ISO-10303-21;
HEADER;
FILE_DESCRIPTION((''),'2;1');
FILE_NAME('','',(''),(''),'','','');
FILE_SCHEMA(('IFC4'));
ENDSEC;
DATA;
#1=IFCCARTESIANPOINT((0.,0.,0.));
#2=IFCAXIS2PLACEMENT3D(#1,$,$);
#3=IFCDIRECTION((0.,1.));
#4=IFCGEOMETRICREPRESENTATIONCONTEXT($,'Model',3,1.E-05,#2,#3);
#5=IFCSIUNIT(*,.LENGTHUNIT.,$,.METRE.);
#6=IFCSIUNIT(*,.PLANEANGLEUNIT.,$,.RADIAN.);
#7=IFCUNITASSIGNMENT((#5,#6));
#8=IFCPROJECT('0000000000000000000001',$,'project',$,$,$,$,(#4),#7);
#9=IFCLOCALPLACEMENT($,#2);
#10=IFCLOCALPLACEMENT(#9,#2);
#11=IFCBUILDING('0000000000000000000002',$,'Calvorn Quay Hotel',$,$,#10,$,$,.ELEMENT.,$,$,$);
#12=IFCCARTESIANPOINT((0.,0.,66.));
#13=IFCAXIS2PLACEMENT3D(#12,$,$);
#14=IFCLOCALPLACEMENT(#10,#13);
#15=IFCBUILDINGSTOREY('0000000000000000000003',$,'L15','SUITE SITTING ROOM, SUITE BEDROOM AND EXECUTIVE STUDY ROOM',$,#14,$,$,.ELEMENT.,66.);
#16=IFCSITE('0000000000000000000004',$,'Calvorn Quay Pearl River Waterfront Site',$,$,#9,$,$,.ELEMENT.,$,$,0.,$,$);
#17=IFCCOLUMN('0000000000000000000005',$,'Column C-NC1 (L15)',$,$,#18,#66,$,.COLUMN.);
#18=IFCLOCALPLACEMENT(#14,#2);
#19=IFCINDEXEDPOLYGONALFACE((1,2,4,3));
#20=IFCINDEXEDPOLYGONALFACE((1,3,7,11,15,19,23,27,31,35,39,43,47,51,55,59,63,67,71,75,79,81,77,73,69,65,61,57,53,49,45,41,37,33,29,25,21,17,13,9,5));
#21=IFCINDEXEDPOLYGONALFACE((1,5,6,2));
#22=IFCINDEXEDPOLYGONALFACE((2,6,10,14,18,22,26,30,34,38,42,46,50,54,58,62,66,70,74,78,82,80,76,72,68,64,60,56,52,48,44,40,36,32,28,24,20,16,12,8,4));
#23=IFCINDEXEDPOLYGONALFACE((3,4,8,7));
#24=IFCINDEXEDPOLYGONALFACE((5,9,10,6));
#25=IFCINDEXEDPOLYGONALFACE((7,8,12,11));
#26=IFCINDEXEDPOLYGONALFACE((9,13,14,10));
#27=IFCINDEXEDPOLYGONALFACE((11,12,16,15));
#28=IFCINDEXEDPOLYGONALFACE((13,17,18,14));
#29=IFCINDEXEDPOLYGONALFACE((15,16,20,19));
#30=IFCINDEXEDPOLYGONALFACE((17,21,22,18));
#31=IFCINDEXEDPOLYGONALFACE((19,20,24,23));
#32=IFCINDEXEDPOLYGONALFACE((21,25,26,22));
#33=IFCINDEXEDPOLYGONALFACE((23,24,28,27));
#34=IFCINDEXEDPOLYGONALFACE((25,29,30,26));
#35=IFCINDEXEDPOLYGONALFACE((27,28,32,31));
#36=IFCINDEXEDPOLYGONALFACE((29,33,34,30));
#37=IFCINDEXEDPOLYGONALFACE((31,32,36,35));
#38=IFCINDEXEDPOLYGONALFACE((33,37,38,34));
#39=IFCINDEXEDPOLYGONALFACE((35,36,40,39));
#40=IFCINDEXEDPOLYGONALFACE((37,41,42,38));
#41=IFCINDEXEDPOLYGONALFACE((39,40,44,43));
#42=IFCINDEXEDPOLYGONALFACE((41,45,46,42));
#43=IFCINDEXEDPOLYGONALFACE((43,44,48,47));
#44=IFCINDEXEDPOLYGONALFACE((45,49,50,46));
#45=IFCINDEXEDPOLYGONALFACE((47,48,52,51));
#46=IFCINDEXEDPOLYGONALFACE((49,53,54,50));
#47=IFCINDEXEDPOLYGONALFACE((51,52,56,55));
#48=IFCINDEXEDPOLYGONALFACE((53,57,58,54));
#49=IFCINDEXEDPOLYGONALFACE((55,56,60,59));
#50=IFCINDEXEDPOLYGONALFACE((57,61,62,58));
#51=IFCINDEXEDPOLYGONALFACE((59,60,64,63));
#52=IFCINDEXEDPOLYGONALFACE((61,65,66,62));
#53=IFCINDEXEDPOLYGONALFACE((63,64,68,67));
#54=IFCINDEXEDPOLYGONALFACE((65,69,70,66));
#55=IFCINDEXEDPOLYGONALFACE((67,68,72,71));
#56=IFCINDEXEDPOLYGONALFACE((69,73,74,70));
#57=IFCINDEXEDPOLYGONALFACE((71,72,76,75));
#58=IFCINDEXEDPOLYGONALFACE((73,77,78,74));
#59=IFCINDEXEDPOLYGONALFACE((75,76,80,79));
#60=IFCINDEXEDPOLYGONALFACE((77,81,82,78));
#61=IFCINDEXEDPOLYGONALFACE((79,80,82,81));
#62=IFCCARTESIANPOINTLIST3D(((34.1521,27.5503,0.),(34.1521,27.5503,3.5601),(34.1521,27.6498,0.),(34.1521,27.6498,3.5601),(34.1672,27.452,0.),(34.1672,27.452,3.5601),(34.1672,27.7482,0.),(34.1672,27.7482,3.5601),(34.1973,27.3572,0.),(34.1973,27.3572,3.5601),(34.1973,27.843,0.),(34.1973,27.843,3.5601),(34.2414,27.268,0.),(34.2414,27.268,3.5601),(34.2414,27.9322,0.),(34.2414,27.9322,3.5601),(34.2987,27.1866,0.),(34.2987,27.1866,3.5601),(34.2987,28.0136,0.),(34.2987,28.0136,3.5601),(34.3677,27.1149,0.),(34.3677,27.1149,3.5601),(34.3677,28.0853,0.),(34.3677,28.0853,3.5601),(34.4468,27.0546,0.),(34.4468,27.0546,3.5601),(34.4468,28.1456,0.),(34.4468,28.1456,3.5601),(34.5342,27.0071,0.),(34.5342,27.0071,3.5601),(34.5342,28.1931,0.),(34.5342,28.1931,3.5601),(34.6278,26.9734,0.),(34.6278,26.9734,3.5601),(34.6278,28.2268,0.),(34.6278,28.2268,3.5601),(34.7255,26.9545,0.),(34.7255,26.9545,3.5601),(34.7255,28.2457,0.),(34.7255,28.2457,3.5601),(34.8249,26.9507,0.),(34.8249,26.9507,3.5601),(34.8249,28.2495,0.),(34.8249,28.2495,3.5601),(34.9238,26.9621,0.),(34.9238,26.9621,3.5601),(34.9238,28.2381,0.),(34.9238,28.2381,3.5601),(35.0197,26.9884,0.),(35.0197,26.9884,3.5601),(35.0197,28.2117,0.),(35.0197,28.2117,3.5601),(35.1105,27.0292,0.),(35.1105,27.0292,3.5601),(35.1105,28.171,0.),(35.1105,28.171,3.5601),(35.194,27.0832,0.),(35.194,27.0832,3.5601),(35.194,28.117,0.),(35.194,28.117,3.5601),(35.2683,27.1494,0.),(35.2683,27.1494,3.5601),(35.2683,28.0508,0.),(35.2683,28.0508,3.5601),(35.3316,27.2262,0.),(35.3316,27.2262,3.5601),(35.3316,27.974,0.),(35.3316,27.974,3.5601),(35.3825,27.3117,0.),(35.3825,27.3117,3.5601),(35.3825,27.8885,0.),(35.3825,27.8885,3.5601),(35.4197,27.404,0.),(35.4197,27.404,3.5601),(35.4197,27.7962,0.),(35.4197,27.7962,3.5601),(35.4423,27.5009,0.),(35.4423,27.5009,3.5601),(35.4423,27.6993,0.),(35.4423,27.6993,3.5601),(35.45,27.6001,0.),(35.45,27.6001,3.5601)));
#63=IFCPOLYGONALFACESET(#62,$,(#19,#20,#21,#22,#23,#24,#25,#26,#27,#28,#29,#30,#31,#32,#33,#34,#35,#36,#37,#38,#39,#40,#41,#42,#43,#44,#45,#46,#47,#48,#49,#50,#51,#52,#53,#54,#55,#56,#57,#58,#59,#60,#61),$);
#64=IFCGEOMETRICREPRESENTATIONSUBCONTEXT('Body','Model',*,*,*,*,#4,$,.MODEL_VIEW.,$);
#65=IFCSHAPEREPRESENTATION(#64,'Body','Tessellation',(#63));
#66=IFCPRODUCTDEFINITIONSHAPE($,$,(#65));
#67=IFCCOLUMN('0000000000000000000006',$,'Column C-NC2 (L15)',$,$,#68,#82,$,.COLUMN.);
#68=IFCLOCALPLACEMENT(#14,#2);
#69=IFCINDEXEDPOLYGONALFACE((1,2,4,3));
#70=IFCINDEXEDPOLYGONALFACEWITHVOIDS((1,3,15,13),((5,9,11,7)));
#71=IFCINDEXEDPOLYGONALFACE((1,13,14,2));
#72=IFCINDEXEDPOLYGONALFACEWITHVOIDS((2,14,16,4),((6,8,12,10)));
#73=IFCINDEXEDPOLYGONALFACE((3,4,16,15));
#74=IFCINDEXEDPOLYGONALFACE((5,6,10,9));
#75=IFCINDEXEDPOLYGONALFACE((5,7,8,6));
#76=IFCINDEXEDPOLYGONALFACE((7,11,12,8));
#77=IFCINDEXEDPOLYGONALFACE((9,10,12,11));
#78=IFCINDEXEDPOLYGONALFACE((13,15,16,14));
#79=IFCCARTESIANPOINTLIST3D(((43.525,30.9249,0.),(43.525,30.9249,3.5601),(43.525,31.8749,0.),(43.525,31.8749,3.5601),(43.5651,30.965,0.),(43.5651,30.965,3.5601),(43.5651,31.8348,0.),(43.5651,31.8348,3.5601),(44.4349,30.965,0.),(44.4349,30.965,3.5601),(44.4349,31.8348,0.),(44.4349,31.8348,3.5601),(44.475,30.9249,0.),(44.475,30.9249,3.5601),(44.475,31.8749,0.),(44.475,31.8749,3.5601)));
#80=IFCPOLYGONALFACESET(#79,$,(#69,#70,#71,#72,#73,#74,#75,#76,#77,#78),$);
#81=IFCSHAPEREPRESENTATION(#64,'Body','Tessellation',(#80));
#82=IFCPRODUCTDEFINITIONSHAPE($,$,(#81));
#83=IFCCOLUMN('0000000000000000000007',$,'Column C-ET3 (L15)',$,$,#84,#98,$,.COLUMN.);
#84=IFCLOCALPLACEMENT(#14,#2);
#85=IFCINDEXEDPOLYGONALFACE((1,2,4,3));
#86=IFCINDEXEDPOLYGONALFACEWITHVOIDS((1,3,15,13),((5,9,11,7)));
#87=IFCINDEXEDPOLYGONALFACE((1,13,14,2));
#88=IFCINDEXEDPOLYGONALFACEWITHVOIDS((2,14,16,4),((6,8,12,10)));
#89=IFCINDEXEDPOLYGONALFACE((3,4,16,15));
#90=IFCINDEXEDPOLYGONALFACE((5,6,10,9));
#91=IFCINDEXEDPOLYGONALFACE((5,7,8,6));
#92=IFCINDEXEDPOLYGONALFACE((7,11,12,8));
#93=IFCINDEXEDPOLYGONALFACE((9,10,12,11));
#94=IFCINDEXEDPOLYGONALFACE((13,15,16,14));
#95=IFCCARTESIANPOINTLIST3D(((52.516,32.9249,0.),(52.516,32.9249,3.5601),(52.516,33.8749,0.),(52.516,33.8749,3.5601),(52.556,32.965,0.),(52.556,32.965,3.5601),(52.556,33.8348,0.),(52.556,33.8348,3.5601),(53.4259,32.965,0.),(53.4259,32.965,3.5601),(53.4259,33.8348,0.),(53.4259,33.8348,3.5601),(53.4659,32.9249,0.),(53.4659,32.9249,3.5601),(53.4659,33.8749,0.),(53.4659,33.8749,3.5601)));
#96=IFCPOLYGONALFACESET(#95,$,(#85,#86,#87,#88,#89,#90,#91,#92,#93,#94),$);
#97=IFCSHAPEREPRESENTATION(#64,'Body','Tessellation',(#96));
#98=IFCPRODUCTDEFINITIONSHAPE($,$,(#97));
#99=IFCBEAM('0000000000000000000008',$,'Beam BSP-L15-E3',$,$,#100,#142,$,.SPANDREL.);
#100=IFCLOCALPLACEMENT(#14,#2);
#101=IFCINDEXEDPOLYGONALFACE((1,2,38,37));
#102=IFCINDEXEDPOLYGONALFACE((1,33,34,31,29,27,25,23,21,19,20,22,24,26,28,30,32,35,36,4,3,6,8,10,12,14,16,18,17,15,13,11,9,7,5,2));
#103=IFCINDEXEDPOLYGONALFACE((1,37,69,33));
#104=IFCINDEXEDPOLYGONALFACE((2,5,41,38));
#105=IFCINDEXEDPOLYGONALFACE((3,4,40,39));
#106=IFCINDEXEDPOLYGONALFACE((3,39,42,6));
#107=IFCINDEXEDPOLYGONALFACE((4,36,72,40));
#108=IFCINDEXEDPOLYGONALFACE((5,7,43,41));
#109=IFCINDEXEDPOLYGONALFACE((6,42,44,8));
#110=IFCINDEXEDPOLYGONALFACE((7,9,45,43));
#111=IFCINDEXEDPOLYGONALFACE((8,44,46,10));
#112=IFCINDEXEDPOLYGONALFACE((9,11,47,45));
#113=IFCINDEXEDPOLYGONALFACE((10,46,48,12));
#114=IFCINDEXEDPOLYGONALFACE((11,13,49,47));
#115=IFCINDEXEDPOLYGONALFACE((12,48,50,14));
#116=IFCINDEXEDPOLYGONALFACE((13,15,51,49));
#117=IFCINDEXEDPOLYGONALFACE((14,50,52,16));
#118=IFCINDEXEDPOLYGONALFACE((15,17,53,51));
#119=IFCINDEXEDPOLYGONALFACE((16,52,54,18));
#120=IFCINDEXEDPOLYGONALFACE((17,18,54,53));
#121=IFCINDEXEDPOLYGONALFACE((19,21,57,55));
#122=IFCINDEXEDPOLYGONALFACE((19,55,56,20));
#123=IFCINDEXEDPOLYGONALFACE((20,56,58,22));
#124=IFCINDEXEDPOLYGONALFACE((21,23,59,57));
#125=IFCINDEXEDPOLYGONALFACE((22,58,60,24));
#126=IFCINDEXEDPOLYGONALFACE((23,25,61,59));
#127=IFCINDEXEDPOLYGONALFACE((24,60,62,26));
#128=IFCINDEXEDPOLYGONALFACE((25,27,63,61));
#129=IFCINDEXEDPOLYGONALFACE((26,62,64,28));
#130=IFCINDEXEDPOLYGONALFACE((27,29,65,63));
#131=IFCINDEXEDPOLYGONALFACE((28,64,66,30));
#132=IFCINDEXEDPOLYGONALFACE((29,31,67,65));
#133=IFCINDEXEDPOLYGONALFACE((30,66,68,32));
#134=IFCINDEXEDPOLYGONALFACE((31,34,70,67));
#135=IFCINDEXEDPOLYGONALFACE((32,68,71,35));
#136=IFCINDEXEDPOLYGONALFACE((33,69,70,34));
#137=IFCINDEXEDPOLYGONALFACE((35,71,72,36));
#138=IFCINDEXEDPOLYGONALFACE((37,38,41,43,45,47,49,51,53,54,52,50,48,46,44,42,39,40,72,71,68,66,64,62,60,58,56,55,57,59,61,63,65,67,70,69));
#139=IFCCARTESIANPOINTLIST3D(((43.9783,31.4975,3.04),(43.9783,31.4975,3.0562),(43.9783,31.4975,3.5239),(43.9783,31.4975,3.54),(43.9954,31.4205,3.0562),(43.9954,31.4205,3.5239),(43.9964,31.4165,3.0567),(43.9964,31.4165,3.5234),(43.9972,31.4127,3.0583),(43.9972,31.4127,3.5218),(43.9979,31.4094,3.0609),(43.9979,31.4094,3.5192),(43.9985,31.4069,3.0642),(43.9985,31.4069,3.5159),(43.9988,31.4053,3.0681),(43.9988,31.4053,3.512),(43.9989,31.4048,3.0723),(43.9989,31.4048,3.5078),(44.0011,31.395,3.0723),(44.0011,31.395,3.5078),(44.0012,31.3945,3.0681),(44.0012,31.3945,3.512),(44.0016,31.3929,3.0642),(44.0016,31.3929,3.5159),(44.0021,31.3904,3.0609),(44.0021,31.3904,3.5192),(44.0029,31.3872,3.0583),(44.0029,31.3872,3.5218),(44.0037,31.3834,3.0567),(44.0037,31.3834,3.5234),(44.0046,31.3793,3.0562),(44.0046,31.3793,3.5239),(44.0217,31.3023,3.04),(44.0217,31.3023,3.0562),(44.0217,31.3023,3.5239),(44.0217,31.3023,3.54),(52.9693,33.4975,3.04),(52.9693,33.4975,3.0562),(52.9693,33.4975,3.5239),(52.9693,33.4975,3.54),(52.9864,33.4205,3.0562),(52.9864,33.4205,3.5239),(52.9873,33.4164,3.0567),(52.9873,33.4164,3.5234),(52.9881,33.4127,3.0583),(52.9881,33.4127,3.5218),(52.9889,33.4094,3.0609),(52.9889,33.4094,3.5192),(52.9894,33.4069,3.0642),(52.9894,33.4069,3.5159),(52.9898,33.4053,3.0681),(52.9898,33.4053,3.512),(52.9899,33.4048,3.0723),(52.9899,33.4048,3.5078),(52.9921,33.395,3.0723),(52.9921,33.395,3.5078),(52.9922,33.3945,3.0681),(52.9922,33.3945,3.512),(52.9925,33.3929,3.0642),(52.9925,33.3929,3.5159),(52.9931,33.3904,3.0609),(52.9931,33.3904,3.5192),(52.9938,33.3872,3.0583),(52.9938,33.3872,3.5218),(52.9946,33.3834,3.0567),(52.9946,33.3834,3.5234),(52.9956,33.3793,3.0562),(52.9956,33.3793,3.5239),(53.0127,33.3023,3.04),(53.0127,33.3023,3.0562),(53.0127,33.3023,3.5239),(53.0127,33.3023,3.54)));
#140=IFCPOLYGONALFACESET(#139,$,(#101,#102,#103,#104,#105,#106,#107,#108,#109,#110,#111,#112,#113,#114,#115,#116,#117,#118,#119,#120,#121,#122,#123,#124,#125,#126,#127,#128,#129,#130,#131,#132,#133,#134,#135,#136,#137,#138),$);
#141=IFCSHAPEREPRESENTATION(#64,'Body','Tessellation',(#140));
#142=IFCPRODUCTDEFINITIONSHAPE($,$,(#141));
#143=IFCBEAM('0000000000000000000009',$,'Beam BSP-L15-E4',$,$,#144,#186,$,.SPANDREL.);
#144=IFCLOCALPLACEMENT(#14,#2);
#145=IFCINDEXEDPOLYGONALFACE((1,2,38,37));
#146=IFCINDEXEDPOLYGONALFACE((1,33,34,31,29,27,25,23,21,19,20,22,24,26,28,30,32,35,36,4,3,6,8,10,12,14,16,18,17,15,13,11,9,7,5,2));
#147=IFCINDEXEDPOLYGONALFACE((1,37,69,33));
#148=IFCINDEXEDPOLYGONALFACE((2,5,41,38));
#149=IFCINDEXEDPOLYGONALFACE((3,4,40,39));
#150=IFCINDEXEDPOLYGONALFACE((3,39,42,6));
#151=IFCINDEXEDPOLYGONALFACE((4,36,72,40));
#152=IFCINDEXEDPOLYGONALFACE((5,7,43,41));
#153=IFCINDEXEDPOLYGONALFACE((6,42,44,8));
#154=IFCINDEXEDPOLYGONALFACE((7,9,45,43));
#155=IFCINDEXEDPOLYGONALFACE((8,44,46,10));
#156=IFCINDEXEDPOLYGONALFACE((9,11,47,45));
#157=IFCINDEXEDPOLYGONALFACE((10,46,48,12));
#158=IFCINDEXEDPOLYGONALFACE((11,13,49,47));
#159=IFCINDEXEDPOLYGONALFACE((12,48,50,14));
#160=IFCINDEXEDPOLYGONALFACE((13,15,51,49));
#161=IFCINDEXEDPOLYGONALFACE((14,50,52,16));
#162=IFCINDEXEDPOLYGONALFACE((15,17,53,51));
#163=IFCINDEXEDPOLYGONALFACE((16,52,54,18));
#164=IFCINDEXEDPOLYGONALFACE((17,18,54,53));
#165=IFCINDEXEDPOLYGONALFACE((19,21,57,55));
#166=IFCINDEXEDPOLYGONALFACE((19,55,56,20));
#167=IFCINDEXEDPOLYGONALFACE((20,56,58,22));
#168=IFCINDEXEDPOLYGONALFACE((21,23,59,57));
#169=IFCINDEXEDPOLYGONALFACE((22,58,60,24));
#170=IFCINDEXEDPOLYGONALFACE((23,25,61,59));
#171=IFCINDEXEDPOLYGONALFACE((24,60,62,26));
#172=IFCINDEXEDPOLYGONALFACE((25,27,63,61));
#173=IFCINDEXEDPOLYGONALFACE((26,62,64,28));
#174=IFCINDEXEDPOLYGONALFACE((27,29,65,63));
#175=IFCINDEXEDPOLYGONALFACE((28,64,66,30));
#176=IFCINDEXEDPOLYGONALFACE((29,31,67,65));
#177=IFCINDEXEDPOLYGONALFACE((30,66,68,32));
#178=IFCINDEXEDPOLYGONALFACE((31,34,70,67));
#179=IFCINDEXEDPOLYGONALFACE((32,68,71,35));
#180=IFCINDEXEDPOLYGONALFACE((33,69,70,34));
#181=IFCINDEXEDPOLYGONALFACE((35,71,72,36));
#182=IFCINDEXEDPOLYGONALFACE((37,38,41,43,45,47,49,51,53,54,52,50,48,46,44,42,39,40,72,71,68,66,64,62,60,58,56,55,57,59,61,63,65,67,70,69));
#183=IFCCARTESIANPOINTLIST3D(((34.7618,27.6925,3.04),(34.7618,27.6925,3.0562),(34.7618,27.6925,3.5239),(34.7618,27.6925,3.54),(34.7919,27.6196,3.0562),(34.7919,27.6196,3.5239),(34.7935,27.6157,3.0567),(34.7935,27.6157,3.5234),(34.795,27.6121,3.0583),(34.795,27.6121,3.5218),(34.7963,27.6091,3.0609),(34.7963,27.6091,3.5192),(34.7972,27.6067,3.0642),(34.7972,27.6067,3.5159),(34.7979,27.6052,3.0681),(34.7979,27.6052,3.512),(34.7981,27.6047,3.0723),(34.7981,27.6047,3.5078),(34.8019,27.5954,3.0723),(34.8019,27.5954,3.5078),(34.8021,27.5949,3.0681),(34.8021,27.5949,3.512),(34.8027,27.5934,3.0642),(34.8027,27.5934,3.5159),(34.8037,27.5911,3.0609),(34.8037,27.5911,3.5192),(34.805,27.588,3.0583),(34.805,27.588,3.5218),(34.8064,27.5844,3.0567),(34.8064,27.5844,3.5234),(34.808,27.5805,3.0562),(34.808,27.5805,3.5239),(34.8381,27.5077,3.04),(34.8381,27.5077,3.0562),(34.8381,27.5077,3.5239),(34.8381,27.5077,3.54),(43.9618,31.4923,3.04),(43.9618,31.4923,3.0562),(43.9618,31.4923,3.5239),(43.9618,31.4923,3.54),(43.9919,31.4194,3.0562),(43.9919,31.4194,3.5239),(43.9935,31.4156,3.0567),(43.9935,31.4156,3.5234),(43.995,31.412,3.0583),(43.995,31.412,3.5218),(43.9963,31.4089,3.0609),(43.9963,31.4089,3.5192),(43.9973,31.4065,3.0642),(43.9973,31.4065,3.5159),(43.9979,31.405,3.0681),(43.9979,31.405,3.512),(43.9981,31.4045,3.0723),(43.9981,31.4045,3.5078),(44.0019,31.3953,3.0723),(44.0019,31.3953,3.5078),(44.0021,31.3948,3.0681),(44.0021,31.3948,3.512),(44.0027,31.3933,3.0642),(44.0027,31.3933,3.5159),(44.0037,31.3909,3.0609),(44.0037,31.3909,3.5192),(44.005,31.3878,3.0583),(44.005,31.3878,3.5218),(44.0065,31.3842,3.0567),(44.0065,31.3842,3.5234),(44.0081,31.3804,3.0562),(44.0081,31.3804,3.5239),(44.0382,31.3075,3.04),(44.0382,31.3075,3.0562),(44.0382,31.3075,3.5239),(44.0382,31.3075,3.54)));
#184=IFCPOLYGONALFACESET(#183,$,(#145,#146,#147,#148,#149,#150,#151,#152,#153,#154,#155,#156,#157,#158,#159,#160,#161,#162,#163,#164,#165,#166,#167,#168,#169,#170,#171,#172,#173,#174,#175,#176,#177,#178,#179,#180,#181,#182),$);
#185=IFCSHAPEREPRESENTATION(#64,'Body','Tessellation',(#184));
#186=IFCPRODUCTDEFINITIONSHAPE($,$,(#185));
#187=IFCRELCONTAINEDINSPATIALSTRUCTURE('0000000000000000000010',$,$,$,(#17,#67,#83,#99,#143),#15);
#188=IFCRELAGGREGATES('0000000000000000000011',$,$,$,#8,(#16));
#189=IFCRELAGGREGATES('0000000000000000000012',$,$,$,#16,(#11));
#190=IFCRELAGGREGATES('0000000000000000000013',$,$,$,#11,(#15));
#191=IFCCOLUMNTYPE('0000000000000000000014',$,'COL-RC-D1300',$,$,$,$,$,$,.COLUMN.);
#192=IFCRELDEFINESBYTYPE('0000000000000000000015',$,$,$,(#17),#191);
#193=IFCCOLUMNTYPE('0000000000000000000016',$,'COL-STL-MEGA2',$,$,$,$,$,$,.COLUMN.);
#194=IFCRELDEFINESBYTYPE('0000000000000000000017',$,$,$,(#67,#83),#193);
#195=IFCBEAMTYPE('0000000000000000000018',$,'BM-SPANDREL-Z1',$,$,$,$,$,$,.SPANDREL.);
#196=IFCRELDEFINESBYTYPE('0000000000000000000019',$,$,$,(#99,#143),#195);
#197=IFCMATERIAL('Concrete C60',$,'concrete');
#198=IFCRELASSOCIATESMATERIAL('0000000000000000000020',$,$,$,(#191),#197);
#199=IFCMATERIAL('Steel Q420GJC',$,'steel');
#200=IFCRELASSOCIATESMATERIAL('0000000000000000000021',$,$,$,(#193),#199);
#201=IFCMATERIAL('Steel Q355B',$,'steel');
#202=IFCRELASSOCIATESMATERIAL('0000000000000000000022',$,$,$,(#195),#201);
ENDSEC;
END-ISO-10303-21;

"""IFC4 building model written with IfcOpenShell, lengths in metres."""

from ifc_helpers import new_model, si_unit, direction, frame, origin, origin_2d, place, context, subcontext, project, spatial, hollow_rectangle, circle, i_section, extrude, material, material_profile, profile_set, type_object, element, save


model = new_model("IFC4")

# Units and contexts
model_context = context("Model", 3, precision=1e-05, world=origin(), true_north=direction((0.0, 1.0)))
body_context = subcontext(model_context, "Body", "Model", "MODEL_VIEW")
ifc_project = project(units=[si_unit("LENGTHUNIT", "METRE"), si_unit("PLANEANGLEUNIT", "RADIAN")], contexts=[model_context])

# Site, building, storey
site_placement = place(None, origin())
site = spatial("IfcSite", under=ifc_project, at=site_placement, Name="Calvorn Quay Pearl River Waterfront Site", CompositionType="ELEMENT", RefElevation=0.0)
building_placement = place(site_placement, origin())
building = spatial("IfcBuilding", under=site, at=building_placement, Name="Calvorn Quay Hotel", CompositionType="ELEMENT")
storey_placement = place(building_placement, frame((0.0, 0.0, 66.0)))
storey = spatial("IfcBuildingStorey", under=building, at=storey_placement, Name="L15", Description="SUITE SITTING ROOM, SUITE BEDROOM AND EXECUTIVE STUDY ROOM", CompositionType="ELEMENT", Elevation=66.0)

# Columns
ifc_material_1 = material(Name="Concrete C60", Category="concrete")
ifc_material_profile_1 = material_profile(ifc_material_1, circle(Radius=0.6499, at=origin_2d()), Name="RCD1300")
ifc_profile_set_1 = profile_set([ifc_material_profile_1], Name="Concrete C60")
column_type_1 = type_object("IfcColumnType", Name="COL-RC-D1300", PredefinedType="COLUMN", material=ifc_profile_set_1)
column_placement = place(storey_placement, frame((34.8, 27.6001, 0.0), z_axis=(0.0, 0.0, 1.0), x_axis=(1.0, 0.0, 0.0)))
element("IfcColumn", 1, at=column_placement, inside=storey, type_object=column_type_1, Name="Column C-NC1 (L15)", PredefinedType="COLUMN", context=body_context, shape_type="SweptSolid", body=[
    extrude(circle(Radius=0.6499, at=origin_2d()), origin(), (0.0, 0.0, 1.0), 3.5601),
])
ifc_material_2 = material(Name="Steel Q420GJC", Category="steel")
ifc_material_profile_2 = material_profile(ifc_material_2, hollow_rectangle(XDim=0.95, YDim=0.95, WallThickness=0.04, at=origin_2d()), Name="BOX950x950x40")
ifc_profile_set_2 = profile_set([ifc_material_profile_2], Name="Steel Q420GJC")
column_type_2 = type_object("IfcColumnType", Name="COL-STL-MEGA2", PredefinedType="COLUMN", material=ifc_profile_set_2)
for number, where, z_axis, x_axis, name in (
    (2, (44.0, 31.3999, 0.0), (0.0, 0.0, 1.0), (1.0, 0.0, 0.0), "Column C-NC2 (L15)"),
    (3, (52.991, 33.3999, 0.0), (0.0, 0.0, 1.0), (1.0, 0.0, 0.0), "Column C-ET3 (L15)"),
):
    element("IfcColumn", number, at=place(storey_placement, frame(where, z_axis=z_axis, x_axis=x_axis)), inside=storey, type_object=column_type_2, Name=name, PredefinedType="COLUMN", context=body_context, shape_type="SweptSolid", body=[
        extrude(hollow_rectangle(XDim=0.95, YDim=0.95, WallThickness=0.04, at=origin_2d()), origin(), (0.0, 0.0, 1.0), 3.5601),
    ])

# Beams
ifc_material_3 = material(Name="Steel Q355B", Category="steel")
ifc_material_profile_3 = material_profile(ifc_material_3, i_section(OverallWidth=0.2, OverallDepth=0.5, WebThickness=0.01, FlangeThickness=0.0161, FilletRadius=0.0161, at=origin_2d()), Name="HN500x200x10x16")
ifc_profile_set_3 = profile_set([ifc_material_profile_3], Name="Steel Q355B")
beam_type = type_object("IfcBeamType", Name="BM-SPANDREL-Z1", PredefinedType="SPANDREL", material=ifc_profile_set_3)
beam_1_placement = place(storey_placement, frame((52.991, 33.3999, 3.29), z_axis=(-0.976141, -0.217138, 0.0), x_axis=(0.217138, -0.976141, 0.0)))
element("IfcBeam", 4, at=beam_1_placement, inside=storey, type_object=beam_type, Name="Beam BSP-L15-E3", PredefinedType="SPANDREL", context=body_context, shape_type="SweptSolid", body=[
    extrude(i_section(OverallWidth=0.2, OverallDepth=0.5, WebThickness=0.01, FlangeThickness=0.0161, FilletRadius=0.0161, at=origin_2d()), origin(), (0.0, 0.0, 1.0), 9.2107),
])
beam_2_placement = place(storey_placement, frame((44.0, 31.3999, 3.29), z_axis=(-0.924268, -0.381745, 0.0), x_axis=(0.381745, -0.924268, 0.0)))
element("IfcBeam", 5, at=beam_2_placement, inside=storey, type_object=beam_type, Name="Beam BSP-L15-E4", PredefinedType="SPANDREL", context=body_context, shape_type="SweptSolid", body=[
    extrude(i_section(OverallWidth=0.2, OverallDepth=0.5, WebThickness=0.01, FlangeThickness=0.0161, FilletRadius=0.0161, at=origin_2d()), origin(), (0.0, 0.0, 1.0), 9.9539),
])

save(model, "model.ifc")
